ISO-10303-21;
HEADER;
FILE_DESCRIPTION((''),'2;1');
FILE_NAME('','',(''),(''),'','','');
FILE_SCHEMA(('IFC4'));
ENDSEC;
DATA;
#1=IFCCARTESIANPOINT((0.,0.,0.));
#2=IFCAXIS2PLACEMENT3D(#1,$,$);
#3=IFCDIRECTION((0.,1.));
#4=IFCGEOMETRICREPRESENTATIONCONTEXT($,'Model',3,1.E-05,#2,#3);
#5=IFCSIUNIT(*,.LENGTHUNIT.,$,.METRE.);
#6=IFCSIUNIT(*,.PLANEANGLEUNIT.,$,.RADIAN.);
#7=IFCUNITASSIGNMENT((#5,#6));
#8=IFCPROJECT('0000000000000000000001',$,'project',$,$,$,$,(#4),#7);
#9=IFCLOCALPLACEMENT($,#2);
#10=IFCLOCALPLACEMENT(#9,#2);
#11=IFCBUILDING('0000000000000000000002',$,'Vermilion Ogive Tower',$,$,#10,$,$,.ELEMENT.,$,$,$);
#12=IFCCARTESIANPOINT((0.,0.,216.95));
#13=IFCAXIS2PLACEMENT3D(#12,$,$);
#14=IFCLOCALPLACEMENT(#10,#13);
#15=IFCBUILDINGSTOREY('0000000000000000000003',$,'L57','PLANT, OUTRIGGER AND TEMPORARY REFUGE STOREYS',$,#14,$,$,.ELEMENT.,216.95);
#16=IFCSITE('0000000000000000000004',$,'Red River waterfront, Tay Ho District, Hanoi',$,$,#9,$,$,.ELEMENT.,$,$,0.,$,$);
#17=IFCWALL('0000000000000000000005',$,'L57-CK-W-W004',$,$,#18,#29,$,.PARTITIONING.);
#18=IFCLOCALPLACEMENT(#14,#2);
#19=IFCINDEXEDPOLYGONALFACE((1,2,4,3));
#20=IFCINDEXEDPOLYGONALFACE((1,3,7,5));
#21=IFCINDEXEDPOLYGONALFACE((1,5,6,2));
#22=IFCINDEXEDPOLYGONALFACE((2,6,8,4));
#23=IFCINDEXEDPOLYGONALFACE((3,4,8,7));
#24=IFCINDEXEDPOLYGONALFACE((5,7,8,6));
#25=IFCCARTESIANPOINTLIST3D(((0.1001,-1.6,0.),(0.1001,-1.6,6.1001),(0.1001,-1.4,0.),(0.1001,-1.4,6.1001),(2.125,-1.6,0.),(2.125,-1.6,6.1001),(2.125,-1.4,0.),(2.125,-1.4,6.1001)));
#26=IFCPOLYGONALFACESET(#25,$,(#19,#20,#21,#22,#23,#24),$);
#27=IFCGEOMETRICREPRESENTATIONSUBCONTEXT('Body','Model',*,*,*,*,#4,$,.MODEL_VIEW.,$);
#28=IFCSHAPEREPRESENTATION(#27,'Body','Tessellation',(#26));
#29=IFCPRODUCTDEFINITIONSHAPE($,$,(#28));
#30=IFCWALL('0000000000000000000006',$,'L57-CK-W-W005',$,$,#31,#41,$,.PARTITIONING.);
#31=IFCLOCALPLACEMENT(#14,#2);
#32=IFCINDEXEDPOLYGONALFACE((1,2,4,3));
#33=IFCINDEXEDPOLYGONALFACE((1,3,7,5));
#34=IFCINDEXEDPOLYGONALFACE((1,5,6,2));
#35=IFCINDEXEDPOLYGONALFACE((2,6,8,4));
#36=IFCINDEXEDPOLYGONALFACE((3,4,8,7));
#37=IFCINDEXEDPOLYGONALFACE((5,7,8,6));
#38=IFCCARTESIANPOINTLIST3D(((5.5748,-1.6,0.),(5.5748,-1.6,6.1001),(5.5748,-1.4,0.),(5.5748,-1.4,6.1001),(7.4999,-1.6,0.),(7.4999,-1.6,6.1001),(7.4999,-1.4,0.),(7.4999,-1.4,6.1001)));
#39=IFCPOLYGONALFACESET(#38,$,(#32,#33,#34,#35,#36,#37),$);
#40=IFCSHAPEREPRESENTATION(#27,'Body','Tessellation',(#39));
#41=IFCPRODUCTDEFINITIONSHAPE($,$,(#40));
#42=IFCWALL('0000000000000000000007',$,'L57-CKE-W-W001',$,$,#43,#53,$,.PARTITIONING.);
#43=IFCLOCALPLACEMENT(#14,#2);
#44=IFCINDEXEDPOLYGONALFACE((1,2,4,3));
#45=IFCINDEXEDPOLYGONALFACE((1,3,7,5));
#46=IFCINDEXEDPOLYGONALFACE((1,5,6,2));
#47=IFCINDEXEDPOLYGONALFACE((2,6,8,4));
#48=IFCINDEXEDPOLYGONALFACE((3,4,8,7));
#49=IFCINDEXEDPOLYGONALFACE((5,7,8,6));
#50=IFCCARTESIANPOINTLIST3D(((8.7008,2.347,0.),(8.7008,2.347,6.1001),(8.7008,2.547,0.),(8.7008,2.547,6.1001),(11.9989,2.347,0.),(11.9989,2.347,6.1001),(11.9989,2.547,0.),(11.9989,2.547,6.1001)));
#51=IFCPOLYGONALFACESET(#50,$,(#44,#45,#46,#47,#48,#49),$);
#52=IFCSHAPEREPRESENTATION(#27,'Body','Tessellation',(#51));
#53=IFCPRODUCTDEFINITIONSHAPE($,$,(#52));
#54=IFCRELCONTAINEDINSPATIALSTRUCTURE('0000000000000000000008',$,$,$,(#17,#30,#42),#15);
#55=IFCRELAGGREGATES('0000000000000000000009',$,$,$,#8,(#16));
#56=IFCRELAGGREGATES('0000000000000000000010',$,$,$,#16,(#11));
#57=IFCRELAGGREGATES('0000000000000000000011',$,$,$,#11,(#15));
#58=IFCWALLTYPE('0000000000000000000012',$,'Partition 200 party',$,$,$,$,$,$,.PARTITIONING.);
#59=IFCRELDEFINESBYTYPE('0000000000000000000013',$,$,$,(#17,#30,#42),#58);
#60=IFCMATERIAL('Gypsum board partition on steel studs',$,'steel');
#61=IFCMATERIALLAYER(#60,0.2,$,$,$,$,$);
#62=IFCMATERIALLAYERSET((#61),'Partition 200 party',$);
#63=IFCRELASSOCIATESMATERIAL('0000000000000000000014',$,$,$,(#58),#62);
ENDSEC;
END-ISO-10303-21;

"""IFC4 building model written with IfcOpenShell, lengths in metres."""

from ifc_helpers import new_model, si_unit, direction, frame, frame_2d, origin, place, context, subcontext, project, spatial, rectangle, extrude, material, layer, layer_set, type_object, element, save


model = new_model("IFC4")

# Units and contexts
model_context = context("Model", 3, precision=1e-05, world=origin(), true_north=direction((0.0, 1.0)))
body_context = subcontext(model_context, "Body", "Model", "MODEL_VIEW")
ifc_project = project(units=[si_unit("LENGTHUNIT", "METRE"), si_unit("PLANEANGLEUNIT", "RADIAN")], contexts=[model_context])

# Site, building, storey
site_placement = place(None, origin())
site = spatial("IfcSite", under=ifc_project, at=site_placement, Name="Red River waterfront, Tay Ho District, Hanoi", CompositionType="ELEMENT", RefElevation=0.0)
building_placement = place(site_placement, origin())
building = spatial("IfcBuilding", under=site, at=building_placement, Name="Vermilion Ogive Tower", CompositionType="ELEMENT")
storey_placement = place(building_placement, frame((0.0, 0.0, 216.95)))
storey = spatial("IfcBuildingStorey", under=building, at=storey_placement, Name="L57", Description="PLANT, OUTRIGGER AND TEMPORARY REFUGE STOREYS", CompositionType="ELEMENT", Elevation=216.95)

# Walls
ifc_material_1 = material(Name="Gypsum board partition on steel studs", Category="steel")
ifc_layer_1 = layer(ifc_material_1, 0.2)
ifc_layer_set_1 = layer_set([ifc_layer_1], Name="Partition 200 party")
wall_type_1 = type_object("IfcWallType", Name="Partition 200 party", PredefinedType="PARTITIONING", material=ifc_layer_set_1)
wall_1_placement = place(storey_placement, frame((0.1001, -1.5, 0.0), z_axis=(0.0, 0.0, 1.0), x_axis=(1.0, 0.0, 0.0)))
element("IfcWall", 1, at=wall_1_placement, inside=storey, type_object=wall_type_1, Name="L57-CK-W-W004", PredefinedType="PARTITIONING", context=body_context, shape_type="SweptSolid", body=[
    extrude(rectangle(XDim=2.0249, YDim=0.2, at=frame_2d((1.0125, 0.0))), origin(), (0.0, 0.0, 1.0), 6.1001),
])
wall_2_placement = place(storey_placement, frame((5.575, -1.5, 0.0), z_axis=(0.0, 0.0, 1.0), x_axis=(1.0, 0.0, 0.0)))
element("IfcWall", 2, at=wall_2_placement, inside=storey, type_object=wall_type_1, Name="L57-CK-W-W005", PredefinedType="PARTITIONING", context=body_context, shape_type="SweptSolid", body=[
    extrude(rectangle(XDim=1.925, YDim=0.2, at=frame_2d((0.9624, 0.0))), origin(), (0.0, 0.0, 1.0), 6.1001),
])
wall_3_placement = place(storey_placement, frame((8.7009, 2.447, 0.0), z_axis=(0.0, 0.0, 1.0), x_axis=(1.0, 0.0, 0.0)))
element("IfcWall", 3, at=wall_3_placement, inside=storey, type_object=wall_type_1, Name="L57-CKE-W-W001", PredefinedType="PARTITIONING", context=body_context, shape_type="SweptSolid", body=[
    extrude(rectangle(XDim=3.2981, YDim=0.2, at=frame_2d((1.6489, 0.0))), origin(), (0.0, 0.0, 1.0), 6.1001),
])

save(model, "model.ifc")
